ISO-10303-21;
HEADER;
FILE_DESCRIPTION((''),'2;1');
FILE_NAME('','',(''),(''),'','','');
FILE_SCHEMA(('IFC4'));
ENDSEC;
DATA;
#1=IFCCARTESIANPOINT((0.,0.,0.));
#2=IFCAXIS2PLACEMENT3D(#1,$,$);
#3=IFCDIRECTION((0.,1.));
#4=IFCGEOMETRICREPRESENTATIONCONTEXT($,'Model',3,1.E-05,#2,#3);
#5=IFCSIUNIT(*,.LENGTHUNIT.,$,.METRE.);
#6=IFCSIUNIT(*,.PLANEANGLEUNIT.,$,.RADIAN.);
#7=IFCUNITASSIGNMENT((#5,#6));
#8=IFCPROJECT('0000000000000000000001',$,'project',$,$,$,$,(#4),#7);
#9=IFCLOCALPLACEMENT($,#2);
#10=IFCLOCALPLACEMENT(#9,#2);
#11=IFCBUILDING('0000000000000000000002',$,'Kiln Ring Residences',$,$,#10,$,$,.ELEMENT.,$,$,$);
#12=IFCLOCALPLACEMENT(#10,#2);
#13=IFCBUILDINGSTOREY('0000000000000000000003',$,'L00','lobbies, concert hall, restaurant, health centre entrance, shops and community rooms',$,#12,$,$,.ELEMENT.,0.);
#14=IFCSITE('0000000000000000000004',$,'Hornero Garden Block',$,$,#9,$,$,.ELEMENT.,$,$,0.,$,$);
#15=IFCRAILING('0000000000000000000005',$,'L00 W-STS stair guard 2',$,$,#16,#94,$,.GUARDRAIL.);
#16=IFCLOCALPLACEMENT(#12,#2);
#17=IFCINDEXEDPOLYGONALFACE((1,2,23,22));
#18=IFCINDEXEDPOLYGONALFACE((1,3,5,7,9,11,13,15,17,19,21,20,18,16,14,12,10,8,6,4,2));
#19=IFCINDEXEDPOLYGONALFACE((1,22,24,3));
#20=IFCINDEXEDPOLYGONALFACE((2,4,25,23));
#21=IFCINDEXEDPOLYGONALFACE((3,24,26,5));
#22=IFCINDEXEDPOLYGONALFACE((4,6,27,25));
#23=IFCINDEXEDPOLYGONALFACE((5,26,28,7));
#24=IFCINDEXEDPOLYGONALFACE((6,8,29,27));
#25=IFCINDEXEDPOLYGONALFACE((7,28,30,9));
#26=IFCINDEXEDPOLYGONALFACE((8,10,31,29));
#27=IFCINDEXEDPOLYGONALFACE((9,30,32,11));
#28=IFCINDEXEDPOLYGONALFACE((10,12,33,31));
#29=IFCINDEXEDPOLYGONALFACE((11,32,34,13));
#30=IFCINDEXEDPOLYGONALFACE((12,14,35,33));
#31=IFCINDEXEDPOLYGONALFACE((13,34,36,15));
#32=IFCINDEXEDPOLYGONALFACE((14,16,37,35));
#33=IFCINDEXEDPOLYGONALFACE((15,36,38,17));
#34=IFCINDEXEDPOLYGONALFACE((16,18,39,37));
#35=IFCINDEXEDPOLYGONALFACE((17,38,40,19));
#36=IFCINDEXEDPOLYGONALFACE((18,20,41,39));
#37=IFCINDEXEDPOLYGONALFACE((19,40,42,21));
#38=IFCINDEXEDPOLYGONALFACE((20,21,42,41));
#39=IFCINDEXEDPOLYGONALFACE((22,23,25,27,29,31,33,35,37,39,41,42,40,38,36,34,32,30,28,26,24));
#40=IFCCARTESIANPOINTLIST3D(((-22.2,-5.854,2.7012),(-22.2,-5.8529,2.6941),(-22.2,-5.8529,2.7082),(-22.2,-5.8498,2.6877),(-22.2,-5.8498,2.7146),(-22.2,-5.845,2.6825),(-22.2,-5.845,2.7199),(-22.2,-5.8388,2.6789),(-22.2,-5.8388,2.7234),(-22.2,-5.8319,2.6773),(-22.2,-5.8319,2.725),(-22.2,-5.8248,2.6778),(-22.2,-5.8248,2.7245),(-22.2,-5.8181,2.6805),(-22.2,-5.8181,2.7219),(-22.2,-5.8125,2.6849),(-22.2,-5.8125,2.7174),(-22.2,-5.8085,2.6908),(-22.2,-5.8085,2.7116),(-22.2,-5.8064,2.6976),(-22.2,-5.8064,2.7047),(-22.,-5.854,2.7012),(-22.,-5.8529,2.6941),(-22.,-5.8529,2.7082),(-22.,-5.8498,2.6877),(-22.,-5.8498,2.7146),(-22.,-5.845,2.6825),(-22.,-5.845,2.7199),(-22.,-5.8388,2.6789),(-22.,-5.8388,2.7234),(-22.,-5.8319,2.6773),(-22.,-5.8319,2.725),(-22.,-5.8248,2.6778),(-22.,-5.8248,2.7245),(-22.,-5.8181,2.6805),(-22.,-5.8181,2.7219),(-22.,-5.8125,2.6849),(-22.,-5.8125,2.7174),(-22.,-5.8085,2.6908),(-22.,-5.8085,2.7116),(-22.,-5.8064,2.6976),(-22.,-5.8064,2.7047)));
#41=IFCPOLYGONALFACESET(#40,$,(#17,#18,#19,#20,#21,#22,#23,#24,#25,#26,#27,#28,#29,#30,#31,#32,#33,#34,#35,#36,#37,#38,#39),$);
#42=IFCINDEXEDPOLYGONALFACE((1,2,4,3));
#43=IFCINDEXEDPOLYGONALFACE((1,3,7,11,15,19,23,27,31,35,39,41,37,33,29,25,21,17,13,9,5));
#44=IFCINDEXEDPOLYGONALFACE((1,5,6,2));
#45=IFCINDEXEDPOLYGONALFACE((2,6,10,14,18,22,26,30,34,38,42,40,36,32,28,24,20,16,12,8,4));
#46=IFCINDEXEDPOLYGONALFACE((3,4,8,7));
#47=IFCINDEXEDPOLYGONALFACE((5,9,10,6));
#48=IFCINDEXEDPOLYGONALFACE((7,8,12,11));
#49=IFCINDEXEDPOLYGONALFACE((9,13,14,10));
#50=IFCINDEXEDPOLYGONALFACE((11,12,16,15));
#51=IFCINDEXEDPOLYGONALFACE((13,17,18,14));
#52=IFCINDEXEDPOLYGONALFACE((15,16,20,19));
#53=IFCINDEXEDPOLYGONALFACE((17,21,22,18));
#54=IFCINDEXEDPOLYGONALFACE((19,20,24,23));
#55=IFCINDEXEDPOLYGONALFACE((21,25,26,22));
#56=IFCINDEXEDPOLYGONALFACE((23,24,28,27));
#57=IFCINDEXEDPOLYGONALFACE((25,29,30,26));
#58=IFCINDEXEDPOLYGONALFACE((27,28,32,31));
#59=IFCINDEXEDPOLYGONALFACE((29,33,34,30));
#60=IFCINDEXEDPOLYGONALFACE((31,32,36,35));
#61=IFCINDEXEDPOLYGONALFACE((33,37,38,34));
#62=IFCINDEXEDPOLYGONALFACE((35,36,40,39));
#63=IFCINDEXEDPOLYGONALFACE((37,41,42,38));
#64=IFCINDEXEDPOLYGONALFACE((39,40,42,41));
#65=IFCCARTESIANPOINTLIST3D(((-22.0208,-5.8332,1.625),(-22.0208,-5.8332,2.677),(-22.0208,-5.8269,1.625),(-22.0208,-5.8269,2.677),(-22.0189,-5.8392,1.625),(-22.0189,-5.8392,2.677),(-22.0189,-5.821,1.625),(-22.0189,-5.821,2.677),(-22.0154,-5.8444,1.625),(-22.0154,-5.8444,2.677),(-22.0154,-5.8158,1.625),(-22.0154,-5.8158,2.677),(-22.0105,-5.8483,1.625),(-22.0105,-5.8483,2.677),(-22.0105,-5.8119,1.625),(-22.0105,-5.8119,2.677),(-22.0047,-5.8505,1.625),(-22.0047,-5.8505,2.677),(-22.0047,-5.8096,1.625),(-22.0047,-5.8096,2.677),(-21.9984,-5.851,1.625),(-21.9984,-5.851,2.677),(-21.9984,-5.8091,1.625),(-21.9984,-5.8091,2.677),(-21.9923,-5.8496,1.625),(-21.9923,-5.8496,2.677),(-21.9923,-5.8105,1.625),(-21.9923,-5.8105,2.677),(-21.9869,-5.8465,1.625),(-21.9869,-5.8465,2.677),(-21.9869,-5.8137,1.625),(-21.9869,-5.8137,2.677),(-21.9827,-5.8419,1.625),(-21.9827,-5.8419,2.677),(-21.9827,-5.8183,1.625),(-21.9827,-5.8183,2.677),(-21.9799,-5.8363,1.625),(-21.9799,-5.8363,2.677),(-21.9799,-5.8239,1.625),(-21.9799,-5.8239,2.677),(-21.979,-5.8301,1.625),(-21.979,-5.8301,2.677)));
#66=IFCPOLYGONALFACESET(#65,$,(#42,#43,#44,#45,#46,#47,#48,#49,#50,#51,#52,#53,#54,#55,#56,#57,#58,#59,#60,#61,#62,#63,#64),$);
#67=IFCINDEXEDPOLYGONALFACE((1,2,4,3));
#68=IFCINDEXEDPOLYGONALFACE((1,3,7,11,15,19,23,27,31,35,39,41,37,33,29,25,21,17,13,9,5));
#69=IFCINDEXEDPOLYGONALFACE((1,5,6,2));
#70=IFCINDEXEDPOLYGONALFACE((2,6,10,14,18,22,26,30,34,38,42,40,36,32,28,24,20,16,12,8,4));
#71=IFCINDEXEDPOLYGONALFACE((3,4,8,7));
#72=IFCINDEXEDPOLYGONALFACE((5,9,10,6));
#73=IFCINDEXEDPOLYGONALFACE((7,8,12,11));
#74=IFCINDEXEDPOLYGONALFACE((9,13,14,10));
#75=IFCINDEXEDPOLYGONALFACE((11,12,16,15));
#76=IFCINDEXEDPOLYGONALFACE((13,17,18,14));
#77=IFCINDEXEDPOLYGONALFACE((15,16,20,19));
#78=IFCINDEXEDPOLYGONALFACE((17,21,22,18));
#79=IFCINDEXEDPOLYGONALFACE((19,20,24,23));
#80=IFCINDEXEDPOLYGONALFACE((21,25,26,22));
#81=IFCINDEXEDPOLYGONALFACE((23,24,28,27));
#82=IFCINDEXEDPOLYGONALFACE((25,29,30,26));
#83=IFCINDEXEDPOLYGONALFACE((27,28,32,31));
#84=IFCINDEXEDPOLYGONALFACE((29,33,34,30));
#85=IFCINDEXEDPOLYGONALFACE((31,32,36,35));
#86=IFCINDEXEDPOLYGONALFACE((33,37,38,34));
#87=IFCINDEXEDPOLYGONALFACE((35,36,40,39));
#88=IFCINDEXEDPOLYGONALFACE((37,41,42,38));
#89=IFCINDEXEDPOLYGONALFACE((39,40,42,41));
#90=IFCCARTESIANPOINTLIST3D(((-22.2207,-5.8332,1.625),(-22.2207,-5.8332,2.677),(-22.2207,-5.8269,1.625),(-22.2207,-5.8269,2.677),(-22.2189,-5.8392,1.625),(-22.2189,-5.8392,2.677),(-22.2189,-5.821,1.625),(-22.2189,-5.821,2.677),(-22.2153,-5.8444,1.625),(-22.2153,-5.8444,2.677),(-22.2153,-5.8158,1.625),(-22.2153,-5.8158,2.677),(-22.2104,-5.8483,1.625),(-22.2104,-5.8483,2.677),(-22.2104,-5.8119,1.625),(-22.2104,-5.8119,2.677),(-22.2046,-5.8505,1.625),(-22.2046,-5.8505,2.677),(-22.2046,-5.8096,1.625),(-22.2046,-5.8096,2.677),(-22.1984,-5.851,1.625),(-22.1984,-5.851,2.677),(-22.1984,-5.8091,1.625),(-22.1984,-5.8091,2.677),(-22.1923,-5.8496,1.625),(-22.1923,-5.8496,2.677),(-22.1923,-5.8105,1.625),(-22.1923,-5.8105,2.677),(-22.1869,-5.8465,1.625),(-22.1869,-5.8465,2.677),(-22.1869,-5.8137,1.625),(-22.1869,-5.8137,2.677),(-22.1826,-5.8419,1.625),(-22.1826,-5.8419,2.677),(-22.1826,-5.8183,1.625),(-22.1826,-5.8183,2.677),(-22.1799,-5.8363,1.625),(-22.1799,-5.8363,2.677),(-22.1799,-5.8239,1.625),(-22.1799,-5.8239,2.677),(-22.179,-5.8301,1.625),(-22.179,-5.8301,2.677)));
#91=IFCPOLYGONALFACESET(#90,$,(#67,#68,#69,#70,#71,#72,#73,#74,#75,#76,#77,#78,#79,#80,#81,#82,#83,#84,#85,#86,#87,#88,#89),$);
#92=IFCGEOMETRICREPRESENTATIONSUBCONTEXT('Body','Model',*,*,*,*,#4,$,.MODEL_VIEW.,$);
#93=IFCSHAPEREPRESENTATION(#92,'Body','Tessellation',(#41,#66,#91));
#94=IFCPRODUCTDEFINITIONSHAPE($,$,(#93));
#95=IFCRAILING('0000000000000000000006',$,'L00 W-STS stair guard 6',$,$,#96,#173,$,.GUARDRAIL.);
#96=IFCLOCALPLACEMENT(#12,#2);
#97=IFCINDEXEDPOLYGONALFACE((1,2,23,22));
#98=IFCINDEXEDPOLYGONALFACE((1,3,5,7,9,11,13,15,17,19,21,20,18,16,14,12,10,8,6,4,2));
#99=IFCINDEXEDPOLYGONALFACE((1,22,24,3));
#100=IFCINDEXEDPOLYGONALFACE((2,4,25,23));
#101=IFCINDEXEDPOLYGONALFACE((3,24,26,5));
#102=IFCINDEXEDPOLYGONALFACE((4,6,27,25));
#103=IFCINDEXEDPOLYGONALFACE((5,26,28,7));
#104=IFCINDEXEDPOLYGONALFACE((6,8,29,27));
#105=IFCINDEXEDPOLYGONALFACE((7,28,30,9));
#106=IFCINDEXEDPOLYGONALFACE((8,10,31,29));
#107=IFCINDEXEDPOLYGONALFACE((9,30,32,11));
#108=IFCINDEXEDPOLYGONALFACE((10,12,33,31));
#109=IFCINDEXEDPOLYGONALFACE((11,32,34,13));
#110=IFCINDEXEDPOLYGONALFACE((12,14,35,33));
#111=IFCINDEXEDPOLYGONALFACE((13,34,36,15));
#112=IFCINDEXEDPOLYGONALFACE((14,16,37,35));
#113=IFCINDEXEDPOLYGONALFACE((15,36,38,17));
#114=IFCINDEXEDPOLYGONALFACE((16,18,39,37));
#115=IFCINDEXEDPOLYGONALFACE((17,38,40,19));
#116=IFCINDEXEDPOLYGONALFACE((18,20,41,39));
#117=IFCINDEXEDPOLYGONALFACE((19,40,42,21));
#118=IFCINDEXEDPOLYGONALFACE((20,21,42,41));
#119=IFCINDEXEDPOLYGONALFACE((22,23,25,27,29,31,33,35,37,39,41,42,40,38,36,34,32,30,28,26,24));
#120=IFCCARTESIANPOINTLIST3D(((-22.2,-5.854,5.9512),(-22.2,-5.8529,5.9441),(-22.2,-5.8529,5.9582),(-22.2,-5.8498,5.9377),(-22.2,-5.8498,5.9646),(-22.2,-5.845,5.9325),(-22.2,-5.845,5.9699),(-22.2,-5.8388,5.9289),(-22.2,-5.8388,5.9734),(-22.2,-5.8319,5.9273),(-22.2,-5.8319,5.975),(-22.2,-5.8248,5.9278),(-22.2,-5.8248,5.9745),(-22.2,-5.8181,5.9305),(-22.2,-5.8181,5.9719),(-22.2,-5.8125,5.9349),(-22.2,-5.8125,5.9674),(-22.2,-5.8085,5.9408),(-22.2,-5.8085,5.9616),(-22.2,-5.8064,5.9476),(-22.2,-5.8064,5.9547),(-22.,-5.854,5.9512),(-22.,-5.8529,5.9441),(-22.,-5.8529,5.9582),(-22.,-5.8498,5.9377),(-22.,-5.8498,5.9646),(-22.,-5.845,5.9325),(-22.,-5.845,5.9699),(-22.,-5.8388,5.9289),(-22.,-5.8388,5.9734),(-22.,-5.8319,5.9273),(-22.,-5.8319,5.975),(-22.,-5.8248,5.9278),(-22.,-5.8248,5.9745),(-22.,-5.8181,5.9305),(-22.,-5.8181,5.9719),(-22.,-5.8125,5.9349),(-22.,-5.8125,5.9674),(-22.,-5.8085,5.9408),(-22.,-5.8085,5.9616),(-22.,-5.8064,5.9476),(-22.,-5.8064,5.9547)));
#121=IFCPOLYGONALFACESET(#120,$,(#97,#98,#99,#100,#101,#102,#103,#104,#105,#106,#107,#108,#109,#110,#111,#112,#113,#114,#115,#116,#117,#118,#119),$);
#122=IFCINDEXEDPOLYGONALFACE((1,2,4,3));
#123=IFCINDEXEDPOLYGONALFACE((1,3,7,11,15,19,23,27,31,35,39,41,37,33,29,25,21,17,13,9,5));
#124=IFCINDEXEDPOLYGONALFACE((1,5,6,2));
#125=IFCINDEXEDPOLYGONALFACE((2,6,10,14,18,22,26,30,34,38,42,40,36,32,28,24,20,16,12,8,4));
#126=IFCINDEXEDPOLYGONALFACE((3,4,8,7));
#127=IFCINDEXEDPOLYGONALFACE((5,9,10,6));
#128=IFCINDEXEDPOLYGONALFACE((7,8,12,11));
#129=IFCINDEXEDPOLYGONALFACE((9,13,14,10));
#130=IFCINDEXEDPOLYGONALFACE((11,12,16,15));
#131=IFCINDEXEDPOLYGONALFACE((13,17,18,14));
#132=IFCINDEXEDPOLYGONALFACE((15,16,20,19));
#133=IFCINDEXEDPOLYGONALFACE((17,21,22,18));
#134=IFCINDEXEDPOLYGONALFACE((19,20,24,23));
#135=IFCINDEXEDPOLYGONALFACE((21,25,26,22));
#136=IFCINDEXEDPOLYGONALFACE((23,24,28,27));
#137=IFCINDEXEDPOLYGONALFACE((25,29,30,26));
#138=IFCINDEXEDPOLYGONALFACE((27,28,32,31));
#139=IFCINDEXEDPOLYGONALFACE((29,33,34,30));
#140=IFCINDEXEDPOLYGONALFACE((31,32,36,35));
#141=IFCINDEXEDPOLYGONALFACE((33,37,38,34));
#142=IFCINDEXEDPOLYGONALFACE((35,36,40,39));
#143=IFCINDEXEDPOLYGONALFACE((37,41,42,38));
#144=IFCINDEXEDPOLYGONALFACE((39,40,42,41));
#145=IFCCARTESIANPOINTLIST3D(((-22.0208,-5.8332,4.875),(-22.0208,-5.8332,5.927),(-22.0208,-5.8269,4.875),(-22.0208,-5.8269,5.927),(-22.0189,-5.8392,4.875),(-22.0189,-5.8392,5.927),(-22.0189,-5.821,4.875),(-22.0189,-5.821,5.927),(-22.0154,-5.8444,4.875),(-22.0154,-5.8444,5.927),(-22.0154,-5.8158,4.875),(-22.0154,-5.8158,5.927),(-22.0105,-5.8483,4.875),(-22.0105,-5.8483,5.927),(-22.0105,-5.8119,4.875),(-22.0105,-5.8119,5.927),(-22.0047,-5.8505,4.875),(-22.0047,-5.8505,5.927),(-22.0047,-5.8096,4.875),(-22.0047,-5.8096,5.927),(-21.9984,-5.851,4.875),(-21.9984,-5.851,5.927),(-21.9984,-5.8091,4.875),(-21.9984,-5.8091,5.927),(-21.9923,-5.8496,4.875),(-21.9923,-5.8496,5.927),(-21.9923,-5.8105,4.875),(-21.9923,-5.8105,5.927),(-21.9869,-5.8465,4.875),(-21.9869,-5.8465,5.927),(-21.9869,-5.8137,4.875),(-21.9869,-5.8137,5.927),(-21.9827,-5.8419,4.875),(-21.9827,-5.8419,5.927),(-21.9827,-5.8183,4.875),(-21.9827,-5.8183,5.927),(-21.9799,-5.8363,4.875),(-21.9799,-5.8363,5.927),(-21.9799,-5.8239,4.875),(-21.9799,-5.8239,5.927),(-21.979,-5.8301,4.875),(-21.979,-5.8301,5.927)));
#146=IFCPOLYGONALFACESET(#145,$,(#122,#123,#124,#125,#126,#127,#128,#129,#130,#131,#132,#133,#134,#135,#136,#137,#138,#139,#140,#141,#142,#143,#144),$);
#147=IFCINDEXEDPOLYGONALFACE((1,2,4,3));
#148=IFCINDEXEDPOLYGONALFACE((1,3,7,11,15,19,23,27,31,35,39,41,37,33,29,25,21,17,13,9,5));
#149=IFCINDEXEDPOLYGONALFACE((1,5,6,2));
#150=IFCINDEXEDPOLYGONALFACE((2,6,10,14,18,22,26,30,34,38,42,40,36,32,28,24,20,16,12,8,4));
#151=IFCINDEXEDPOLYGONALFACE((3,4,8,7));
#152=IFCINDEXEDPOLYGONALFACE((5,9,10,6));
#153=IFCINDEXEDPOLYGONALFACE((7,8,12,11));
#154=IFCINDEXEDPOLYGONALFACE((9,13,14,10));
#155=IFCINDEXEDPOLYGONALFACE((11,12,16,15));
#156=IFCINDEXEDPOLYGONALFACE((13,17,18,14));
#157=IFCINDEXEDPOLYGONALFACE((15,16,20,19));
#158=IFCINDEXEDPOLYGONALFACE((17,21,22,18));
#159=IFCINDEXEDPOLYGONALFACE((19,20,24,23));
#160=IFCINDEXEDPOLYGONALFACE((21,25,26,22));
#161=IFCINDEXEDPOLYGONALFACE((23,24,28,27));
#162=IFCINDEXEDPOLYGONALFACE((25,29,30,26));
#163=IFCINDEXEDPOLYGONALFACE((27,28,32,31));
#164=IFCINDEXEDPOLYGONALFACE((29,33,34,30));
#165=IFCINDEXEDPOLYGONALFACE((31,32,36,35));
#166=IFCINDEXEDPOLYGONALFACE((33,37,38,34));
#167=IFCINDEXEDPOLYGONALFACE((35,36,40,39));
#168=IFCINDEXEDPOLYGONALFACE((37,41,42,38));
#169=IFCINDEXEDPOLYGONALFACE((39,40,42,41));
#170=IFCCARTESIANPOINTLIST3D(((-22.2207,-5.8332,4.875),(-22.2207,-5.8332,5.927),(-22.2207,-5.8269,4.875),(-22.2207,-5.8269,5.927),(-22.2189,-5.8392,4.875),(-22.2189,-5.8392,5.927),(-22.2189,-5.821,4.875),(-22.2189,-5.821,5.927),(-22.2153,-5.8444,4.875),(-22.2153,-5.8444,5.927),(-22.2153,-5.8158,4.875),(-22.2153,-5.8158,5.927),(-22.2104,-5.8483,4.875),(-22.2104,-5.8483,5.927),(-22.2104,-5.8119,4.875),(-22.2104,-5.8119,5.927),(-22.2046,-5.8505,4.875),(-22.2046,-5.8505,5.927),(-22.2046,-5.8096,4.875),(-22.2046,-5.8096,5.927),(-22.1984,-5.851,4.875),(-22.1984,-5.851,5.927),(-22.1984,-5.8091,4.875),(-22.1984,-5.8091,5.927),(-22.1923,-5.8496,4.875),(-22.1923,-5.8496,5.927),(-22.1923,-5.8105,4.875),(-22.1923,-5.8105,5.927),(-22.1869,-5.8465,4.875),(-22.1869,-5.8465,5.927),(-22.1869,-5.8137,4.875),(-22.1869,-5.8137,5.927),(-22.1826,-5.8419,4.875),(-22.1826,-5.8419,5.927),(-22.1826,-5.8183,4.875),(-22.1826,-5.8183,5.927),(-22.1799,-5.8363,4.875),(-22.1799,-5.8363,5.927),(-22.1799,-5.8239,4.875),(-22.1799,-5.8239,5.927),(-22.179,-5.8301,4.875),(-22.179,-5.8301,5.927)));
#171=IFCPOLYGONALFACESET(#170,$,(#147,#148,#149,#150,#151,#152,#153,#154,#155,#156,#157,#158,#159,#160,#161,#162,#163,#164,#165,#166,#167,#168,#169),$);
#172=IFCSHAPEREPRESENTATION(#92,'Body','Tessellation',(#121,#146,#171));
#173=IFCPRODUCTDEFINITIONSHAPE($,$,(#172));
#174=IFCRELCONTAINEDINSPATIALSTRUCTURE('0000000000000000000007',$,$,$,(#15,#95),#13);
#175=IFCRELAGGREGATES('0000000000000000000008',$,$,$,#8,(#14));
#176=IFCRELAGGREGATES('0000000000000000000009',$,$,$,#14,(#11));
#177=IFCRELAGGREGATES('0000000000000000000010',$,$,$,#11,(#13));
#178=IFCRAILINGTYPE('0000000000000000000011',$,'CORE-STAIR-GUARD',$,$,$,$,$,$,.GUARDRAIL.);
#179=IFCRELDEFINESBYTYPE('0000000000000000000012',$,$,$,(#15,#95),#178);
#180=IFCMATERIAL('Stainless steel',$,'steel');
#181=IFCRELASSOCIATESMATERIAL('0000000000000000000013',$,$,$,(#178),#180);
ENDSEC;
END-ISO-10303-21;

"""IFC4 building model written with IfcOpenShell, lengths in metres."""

from ifc_helpers import new_model, si_unit, direction, frame, origin, origin_2d, place, context, subcontext, project, spatial, circle, extrude, material, type_object, element, save


model = new_model("IFC4")

# Units and contexts
model_context = context("Model", 3, precision=1e-05, world=origin(), true_north=direction((0.0, 1.0)))
body_context = subcontext(model_context, "Body", "Model", "MODEL_VIEW")
ifc_project = project(units=[si_unit("LENGTHUNIT", "METRE"), si_unit("PLANEANGLEUNIT", "RADIAN")], contexts=[model_context])

# Site, building, storey
site_placement = place(None, origin())
site = spatial("IfcSite", under=ifc_project, at=site_placement, Name="Hornero Garden Block", CompositionType="ELEMENT", RefElevation=0.0)
building_placement = place(site_placement, origin())
building = spatial("IfcBuilding", under=site, at=building_placement, Name="Kiln Ring Residences", CompositionType="ELEMENT")
storey_placement = place(building_placement, origin())
storey = spatial("IfcBuildingStorey", under=building, at=storey_placement, Name="L00", Description="lobbies, concert hall, restaurant, health centre entrance, shops and community rooms", CompositionType="ELEMENT", Elevation=0.0)

# Railings
ifc_material_1 = material(Name="Stainless steel", Category="steel")
railing_type = type_object("IfcRailingType", Name="CORE-STAIR-GUARD", PredefinedType="GUARDRAIL", material=ifc_material_1)
for number, where, name in (
    (1, (-22.0, -5.8301, 1.625), "L00 W-STS stair guard 2"),
    (2, (-22.0, -5.8301, 4.875), "L00 W-STS stair guard 6"),
):
    element("IfcRailing", number, at=place(storey_placement, frame(where)), inside=storey, type_object=railing_type, Name=name, PredefinedType="GUARDRAIL", context=body_context, shape_type="SweptSolid", body=[
        extrude(circle(Radius=0.0239, at=origin_2d()), frame((0.0, 0.0, 1.0762), z_axis=(-1.0, 0.0, 0.0), x_axis=(0.0, -1.0, 0.0)), (0.0, 0.0, 1.0), 0.2),
        extrude(circle(Radius=0.021, at=origin_2d()), origin(), (0.0, 0.0, 1.0), 1.052),
        extrude(circle(Radius=0.021, at=origin_2d()), frame((-0.2, 0.0, 0.0)), (0.0, 0.0, 1.0), 1.052),
    ])

save(model, "model.ifc")
